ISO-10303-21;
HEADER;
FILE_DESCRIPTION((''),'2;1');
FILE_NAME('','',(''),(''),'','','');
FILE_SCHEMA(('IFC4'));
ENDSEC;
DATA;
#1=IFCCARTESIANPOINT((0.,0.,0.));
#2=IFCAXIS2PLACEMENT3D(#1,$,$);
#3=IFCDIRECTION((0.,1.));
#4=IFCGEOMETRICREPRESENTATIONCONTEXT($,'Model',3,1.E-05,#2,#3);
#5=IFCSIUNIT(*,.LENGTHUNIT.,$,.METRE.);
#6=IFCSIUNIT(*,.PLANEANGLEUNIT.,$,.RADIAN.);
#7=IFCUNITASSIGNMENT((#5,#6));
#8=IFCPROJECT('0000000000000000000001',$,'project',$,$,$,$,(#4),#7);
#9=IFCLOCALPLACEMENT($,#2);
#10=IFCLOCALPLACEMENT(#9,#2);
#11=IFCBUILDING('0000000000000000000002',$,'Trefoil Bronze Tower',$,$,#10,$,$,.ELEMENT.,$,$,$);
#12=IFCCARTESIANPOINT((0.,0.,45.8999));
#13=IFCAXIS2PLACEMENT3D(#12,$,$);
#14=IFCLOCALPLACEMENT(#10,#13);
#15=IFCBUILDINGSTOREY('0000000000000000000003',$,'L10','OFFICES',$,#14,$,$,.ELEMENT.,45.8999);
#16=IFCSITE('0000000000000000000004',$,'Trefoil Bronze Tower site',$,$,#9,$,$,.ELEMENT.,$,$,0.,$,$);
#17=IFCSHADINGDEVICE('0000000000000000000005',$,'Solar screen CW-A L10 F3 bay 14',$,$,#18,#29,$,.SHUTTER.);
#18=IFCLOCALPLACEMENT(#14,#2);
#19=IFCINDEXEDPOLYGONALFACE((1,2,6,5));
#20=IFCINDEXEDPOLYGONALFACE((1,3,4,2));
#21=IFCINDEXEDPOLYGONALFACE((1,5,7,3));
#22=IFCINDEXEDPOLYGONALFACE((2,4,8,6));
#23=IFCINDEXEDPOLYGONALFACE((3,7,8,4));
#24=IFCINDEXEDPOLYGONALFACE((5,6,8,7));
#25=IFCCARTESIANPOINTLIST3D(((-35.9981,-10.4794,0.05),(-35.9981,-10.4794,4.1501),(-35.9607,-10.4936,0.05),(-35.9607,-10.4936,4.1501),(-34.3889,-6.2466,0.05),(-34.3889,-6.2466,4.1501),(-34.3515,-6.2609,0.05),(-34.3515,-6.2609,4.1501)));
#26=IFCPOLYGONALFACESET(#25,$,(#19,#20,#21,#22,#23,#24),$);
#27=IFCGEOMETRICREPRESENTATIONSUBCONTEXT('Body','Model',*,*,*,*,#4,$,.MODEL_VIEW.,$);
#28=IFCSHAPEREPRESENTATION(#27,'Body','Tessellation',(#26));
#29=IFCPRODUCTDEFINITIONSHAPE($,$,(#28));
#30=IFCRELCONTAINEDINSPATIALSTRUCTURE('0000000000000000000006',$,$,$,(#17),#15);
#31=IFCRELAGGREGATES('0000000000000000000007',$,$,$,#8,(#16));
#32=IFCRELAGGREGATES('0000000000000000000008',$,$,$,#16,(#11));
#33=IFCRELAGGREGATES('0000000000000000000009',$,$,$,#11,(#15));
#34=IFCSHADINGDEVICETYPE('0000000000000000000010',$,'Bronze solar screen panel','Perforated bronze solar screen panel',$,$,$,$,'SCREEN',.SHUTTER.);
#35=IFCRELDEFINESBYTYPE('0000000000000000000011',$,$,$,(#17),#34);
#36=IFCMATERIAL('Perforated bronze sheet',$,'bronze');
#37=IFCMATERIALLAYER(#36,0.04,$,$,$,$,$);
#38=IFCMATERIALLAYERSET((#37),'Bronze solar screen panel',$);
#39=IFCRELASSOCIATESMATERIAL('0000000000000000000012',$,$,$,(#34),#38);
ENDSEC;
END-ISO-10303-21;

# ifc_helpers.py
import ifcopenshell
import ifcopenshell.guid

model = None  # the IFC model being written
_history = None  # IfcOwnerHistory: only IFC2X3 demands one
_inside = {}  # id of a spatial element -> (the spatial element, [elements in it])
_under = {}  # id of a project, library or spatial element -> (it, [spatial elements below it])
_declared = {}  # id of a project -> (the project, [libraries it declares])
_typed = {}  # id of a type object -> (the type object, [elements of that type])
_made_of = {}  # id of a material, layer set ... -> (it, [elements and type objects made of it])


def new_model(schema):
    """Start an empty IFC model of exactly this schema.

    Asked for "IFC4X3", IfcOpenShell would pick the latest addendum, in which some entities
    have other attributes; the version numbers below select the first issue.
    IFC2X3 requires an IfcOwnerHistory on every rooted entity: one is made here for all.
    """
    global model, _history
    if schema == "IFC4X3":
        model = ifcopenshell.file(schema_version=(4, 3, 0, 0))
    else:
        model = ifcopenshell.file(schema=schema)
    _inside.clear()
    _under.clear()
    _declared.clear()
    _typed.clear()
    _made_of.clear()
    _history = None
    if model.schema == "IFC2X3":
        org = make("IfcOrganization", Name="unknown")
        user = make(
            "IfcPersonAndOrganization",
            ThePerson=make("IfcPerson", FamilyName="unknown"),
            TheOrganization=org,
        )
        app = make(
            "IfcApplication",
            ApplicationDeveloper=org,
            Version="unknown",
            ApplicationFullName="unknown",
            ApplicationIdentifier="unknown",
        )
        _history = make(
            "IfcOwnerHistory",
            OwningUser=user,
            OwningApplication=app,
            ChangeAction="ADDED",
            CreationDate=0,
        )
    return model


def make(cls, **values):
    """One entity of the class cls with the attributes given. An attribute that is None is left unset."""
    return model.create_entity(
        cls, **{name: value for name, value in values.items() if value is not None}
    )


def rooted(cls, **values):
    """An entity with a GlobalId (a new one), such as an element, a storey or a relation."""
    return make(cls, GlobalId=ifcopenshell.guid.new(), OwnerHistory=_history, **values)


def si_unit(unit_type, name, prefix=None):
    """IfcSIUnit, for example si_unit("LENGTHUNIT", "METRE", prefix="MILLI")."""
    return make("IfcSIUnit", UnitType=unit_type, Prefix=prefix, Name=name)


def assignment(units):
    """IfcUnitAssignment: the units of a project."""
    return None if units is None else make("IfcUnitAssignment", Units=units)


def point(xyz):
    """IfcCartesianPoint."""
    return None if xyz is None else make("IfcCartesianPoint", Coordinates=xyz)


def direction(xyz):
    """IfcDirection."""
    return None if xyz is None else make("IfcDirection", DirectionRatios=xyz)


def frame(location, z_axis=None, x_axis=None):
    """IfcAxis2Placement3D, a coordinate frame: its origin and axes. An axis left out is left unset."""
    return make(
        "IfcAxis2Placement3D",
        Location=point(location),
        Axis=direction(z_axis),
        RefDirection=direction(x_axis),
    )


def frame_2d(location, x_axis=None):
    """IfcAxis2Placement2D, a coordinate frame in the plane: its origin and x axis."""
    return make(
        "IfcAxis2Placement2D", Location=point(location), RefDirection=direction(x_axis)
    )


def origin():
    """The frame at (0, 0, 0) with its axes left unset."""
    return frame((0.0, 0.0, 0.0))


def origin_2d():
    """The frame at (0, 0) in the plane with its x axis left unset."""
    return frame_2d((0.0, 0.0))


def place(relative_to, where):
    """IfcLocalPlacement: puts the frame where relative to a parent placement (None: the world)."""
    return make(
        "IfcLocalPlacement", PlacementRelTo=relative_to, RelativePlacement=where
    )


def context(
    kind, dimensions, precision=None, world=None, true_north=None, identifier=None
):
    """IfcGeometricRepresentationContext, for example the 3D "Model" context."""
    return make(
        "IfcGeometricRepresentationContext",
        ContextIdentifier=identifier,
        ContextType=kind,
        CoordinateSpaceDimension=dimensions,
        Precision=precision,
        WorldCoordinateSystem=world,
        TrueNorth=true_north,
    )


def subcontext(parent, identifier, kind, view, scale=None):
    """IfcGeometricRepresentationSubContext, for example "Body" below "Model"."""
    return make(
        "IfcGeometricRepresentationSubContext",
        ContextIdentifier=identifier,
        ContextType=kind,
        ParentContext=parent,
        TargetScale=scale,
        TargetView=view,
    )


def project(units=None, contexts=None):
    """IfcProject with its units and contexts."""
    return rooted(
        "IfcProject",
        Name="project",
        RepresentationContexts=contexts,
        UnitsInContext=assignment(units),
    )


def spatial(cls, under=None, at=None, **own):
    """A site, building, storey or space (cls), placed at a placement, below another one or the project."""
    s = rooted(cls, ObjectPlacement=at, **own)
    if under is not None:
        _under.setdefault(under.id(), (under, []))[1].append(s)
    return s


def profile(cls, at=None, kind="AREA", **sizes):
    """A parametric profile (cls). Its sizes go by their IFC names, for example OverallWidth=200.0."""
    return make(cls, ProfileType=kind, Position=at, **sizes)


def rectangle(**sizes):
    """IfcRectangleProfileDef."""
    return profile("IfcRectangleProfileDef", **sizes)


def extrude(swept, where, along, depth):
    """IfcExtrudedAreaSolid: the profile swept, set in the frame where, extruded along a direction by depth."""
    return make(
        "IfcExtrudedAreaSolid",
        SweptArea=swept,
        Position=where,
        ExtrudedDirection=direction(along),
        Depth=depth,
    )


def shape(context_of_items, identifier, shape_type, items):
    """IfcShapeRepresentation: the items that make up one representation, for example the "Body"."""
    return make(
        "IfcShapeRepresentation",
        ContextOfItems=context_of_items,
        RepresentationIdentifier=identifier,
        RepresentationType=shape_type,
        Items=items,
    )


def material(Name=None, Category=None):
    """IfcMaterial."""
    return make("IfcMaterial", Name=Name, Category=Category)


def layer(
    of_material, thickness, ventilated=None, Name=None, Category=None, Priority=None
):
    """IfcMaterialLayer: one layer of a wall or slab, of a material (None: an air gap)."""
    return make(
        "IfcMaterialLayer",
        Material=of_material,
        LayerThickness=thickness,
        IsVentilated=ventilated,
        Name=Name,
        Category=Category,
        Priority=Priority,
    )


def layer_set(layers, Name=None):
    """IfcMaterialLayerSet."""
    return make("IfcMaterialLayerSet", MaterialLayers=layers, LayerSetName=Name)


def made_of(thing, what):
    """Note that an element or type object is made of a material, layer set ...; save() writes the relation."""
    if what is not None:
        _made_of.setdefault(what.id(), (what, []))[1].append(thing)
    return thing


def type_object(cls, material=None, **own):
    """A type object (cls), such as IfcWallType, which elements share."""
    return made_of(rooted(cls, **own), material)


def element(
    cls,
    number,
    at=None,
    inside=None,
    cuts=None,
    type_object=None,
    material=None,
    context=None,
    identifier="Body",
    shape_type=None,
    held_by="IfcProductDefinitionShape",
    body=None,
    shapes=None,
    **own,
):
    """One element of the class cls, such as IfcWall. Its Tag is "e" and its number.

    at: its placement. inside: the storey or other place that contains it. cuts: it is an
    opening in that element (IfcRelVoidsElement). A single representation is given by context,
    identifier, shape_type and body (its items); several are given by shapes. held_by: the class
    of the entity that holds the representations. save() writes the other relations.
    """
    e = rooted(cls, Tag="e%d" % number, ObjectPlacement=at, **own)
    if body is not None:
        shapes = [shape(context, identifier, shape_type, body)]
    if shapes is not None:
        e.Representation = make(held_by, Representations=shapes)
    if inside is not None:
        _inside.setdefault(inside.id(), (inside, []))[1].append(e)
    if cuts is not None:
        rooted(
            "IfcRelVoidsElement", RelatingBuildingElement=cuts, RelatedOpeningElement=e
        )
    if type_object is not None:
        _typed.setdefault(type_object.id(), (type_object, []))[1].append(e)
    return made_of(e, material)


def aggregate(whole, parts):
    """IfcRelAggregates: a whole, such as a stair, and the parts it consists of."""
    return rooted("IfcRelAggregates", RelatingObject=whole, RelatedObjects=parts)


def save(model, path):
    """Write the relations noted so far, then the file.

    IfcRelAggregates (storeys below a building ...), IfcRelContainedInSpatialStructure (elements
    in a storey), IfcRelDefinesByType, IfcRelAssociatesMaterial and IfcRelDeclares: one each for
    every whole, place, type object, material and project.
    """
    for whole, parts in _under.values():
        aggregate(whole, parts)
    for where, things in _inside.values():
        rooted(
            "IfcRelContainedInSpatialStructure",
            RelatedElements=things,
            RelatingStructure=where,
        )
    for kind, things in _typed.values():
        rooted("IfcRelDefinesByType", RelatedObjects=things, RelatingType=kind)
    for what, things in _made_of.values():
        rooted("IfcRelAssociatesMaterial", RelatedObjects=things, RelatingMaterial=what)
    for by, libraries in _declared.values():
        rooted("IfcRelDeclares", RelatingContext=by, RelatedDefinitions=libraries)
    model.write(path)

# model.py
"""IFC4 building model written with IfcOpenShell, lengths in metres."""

from ifc_helpers import new_model, si_unit, direction, frame, origin, origin_2d, place, context, subcontext, project, spatial, rectangle, extrude, material, layer, layer_set, type_object, element, save


model = new_model("IFC4")

# Units and contexts
model_context = context("Model", 3, precision=1e-05, world=origin(), true_north=direction((0.0, 1.0)))
body_context = subcontext(model_context, "Body", "Model", "MODEL_VIEW")
ifc_project = project(units=[si_unit("LENGTHUNIT", "METRE"), si_unit("PLANEANGLEUNIT", "RADIAN")], contexts=[model_context])

# Site, building, storey
site_placement = place(None, origin())
site = spatial("IfcSite", under=ifc_project, at=site_placement, Name="Trefoil Bronze Tower site", CompositionType="ELEMENT", RefElevation=0.0)
building_placement = place(site_placement, origin())
building = spatial("IfcBuilding", under=site, at=building_placement, Name="Trefoil Bronze Tower", CompositionType="ELEMENT")
storey_placement = place(building_placement, frame((0.0, 0.0, 45.8999)))
storey = spatial("IfcBuildingStorey", under=building, at=storey_placement, Name="L10", Description="OFFICES", CompositionType="ELEMENT", Elevation=45.8999)

# Shading device
ifc_material_1 = material(Name="Perforated bronze sheet", Category="bronze")
ifc_layer_1 = layer(ifc_material_1, 0.04)
ifc_layer_set_1 = layer_set([ifc_layer_1], Name="Bronze solar screen panel")
shading_device_type = type_object("IfcShadingDeviceType", Name="Bronze solar screen panel", Description="Perforated bronze solar screen panel", ElementType="SCREEN", PredefinedType="SHUTTER", material=ifc_layer_set_1)
shading_device_1_placement = place(storey_placement, frame((-35.1748, -8.3701, 0.05), z_axis=(0.0, 0.0, 1.0), x_axis=(-0.355371, -0.934725, 0.0)))
element("IfcShadingDevice", 1, at=shading_device_1_placement, inside=storey, type_object=shading_device_type, Name="Solar screen CW-A L10 F3 bay 14", PredefinedType="SHUTTER", context=body_context, shape_type="SweptSolid", body=[
    extrude(rectangle(XDim=4.5283, YDim=0.04, at=origin_2d()), origin(), (0.0, 0.0, 1.0), 4.1001),
])

save(model, "model.ifc")
